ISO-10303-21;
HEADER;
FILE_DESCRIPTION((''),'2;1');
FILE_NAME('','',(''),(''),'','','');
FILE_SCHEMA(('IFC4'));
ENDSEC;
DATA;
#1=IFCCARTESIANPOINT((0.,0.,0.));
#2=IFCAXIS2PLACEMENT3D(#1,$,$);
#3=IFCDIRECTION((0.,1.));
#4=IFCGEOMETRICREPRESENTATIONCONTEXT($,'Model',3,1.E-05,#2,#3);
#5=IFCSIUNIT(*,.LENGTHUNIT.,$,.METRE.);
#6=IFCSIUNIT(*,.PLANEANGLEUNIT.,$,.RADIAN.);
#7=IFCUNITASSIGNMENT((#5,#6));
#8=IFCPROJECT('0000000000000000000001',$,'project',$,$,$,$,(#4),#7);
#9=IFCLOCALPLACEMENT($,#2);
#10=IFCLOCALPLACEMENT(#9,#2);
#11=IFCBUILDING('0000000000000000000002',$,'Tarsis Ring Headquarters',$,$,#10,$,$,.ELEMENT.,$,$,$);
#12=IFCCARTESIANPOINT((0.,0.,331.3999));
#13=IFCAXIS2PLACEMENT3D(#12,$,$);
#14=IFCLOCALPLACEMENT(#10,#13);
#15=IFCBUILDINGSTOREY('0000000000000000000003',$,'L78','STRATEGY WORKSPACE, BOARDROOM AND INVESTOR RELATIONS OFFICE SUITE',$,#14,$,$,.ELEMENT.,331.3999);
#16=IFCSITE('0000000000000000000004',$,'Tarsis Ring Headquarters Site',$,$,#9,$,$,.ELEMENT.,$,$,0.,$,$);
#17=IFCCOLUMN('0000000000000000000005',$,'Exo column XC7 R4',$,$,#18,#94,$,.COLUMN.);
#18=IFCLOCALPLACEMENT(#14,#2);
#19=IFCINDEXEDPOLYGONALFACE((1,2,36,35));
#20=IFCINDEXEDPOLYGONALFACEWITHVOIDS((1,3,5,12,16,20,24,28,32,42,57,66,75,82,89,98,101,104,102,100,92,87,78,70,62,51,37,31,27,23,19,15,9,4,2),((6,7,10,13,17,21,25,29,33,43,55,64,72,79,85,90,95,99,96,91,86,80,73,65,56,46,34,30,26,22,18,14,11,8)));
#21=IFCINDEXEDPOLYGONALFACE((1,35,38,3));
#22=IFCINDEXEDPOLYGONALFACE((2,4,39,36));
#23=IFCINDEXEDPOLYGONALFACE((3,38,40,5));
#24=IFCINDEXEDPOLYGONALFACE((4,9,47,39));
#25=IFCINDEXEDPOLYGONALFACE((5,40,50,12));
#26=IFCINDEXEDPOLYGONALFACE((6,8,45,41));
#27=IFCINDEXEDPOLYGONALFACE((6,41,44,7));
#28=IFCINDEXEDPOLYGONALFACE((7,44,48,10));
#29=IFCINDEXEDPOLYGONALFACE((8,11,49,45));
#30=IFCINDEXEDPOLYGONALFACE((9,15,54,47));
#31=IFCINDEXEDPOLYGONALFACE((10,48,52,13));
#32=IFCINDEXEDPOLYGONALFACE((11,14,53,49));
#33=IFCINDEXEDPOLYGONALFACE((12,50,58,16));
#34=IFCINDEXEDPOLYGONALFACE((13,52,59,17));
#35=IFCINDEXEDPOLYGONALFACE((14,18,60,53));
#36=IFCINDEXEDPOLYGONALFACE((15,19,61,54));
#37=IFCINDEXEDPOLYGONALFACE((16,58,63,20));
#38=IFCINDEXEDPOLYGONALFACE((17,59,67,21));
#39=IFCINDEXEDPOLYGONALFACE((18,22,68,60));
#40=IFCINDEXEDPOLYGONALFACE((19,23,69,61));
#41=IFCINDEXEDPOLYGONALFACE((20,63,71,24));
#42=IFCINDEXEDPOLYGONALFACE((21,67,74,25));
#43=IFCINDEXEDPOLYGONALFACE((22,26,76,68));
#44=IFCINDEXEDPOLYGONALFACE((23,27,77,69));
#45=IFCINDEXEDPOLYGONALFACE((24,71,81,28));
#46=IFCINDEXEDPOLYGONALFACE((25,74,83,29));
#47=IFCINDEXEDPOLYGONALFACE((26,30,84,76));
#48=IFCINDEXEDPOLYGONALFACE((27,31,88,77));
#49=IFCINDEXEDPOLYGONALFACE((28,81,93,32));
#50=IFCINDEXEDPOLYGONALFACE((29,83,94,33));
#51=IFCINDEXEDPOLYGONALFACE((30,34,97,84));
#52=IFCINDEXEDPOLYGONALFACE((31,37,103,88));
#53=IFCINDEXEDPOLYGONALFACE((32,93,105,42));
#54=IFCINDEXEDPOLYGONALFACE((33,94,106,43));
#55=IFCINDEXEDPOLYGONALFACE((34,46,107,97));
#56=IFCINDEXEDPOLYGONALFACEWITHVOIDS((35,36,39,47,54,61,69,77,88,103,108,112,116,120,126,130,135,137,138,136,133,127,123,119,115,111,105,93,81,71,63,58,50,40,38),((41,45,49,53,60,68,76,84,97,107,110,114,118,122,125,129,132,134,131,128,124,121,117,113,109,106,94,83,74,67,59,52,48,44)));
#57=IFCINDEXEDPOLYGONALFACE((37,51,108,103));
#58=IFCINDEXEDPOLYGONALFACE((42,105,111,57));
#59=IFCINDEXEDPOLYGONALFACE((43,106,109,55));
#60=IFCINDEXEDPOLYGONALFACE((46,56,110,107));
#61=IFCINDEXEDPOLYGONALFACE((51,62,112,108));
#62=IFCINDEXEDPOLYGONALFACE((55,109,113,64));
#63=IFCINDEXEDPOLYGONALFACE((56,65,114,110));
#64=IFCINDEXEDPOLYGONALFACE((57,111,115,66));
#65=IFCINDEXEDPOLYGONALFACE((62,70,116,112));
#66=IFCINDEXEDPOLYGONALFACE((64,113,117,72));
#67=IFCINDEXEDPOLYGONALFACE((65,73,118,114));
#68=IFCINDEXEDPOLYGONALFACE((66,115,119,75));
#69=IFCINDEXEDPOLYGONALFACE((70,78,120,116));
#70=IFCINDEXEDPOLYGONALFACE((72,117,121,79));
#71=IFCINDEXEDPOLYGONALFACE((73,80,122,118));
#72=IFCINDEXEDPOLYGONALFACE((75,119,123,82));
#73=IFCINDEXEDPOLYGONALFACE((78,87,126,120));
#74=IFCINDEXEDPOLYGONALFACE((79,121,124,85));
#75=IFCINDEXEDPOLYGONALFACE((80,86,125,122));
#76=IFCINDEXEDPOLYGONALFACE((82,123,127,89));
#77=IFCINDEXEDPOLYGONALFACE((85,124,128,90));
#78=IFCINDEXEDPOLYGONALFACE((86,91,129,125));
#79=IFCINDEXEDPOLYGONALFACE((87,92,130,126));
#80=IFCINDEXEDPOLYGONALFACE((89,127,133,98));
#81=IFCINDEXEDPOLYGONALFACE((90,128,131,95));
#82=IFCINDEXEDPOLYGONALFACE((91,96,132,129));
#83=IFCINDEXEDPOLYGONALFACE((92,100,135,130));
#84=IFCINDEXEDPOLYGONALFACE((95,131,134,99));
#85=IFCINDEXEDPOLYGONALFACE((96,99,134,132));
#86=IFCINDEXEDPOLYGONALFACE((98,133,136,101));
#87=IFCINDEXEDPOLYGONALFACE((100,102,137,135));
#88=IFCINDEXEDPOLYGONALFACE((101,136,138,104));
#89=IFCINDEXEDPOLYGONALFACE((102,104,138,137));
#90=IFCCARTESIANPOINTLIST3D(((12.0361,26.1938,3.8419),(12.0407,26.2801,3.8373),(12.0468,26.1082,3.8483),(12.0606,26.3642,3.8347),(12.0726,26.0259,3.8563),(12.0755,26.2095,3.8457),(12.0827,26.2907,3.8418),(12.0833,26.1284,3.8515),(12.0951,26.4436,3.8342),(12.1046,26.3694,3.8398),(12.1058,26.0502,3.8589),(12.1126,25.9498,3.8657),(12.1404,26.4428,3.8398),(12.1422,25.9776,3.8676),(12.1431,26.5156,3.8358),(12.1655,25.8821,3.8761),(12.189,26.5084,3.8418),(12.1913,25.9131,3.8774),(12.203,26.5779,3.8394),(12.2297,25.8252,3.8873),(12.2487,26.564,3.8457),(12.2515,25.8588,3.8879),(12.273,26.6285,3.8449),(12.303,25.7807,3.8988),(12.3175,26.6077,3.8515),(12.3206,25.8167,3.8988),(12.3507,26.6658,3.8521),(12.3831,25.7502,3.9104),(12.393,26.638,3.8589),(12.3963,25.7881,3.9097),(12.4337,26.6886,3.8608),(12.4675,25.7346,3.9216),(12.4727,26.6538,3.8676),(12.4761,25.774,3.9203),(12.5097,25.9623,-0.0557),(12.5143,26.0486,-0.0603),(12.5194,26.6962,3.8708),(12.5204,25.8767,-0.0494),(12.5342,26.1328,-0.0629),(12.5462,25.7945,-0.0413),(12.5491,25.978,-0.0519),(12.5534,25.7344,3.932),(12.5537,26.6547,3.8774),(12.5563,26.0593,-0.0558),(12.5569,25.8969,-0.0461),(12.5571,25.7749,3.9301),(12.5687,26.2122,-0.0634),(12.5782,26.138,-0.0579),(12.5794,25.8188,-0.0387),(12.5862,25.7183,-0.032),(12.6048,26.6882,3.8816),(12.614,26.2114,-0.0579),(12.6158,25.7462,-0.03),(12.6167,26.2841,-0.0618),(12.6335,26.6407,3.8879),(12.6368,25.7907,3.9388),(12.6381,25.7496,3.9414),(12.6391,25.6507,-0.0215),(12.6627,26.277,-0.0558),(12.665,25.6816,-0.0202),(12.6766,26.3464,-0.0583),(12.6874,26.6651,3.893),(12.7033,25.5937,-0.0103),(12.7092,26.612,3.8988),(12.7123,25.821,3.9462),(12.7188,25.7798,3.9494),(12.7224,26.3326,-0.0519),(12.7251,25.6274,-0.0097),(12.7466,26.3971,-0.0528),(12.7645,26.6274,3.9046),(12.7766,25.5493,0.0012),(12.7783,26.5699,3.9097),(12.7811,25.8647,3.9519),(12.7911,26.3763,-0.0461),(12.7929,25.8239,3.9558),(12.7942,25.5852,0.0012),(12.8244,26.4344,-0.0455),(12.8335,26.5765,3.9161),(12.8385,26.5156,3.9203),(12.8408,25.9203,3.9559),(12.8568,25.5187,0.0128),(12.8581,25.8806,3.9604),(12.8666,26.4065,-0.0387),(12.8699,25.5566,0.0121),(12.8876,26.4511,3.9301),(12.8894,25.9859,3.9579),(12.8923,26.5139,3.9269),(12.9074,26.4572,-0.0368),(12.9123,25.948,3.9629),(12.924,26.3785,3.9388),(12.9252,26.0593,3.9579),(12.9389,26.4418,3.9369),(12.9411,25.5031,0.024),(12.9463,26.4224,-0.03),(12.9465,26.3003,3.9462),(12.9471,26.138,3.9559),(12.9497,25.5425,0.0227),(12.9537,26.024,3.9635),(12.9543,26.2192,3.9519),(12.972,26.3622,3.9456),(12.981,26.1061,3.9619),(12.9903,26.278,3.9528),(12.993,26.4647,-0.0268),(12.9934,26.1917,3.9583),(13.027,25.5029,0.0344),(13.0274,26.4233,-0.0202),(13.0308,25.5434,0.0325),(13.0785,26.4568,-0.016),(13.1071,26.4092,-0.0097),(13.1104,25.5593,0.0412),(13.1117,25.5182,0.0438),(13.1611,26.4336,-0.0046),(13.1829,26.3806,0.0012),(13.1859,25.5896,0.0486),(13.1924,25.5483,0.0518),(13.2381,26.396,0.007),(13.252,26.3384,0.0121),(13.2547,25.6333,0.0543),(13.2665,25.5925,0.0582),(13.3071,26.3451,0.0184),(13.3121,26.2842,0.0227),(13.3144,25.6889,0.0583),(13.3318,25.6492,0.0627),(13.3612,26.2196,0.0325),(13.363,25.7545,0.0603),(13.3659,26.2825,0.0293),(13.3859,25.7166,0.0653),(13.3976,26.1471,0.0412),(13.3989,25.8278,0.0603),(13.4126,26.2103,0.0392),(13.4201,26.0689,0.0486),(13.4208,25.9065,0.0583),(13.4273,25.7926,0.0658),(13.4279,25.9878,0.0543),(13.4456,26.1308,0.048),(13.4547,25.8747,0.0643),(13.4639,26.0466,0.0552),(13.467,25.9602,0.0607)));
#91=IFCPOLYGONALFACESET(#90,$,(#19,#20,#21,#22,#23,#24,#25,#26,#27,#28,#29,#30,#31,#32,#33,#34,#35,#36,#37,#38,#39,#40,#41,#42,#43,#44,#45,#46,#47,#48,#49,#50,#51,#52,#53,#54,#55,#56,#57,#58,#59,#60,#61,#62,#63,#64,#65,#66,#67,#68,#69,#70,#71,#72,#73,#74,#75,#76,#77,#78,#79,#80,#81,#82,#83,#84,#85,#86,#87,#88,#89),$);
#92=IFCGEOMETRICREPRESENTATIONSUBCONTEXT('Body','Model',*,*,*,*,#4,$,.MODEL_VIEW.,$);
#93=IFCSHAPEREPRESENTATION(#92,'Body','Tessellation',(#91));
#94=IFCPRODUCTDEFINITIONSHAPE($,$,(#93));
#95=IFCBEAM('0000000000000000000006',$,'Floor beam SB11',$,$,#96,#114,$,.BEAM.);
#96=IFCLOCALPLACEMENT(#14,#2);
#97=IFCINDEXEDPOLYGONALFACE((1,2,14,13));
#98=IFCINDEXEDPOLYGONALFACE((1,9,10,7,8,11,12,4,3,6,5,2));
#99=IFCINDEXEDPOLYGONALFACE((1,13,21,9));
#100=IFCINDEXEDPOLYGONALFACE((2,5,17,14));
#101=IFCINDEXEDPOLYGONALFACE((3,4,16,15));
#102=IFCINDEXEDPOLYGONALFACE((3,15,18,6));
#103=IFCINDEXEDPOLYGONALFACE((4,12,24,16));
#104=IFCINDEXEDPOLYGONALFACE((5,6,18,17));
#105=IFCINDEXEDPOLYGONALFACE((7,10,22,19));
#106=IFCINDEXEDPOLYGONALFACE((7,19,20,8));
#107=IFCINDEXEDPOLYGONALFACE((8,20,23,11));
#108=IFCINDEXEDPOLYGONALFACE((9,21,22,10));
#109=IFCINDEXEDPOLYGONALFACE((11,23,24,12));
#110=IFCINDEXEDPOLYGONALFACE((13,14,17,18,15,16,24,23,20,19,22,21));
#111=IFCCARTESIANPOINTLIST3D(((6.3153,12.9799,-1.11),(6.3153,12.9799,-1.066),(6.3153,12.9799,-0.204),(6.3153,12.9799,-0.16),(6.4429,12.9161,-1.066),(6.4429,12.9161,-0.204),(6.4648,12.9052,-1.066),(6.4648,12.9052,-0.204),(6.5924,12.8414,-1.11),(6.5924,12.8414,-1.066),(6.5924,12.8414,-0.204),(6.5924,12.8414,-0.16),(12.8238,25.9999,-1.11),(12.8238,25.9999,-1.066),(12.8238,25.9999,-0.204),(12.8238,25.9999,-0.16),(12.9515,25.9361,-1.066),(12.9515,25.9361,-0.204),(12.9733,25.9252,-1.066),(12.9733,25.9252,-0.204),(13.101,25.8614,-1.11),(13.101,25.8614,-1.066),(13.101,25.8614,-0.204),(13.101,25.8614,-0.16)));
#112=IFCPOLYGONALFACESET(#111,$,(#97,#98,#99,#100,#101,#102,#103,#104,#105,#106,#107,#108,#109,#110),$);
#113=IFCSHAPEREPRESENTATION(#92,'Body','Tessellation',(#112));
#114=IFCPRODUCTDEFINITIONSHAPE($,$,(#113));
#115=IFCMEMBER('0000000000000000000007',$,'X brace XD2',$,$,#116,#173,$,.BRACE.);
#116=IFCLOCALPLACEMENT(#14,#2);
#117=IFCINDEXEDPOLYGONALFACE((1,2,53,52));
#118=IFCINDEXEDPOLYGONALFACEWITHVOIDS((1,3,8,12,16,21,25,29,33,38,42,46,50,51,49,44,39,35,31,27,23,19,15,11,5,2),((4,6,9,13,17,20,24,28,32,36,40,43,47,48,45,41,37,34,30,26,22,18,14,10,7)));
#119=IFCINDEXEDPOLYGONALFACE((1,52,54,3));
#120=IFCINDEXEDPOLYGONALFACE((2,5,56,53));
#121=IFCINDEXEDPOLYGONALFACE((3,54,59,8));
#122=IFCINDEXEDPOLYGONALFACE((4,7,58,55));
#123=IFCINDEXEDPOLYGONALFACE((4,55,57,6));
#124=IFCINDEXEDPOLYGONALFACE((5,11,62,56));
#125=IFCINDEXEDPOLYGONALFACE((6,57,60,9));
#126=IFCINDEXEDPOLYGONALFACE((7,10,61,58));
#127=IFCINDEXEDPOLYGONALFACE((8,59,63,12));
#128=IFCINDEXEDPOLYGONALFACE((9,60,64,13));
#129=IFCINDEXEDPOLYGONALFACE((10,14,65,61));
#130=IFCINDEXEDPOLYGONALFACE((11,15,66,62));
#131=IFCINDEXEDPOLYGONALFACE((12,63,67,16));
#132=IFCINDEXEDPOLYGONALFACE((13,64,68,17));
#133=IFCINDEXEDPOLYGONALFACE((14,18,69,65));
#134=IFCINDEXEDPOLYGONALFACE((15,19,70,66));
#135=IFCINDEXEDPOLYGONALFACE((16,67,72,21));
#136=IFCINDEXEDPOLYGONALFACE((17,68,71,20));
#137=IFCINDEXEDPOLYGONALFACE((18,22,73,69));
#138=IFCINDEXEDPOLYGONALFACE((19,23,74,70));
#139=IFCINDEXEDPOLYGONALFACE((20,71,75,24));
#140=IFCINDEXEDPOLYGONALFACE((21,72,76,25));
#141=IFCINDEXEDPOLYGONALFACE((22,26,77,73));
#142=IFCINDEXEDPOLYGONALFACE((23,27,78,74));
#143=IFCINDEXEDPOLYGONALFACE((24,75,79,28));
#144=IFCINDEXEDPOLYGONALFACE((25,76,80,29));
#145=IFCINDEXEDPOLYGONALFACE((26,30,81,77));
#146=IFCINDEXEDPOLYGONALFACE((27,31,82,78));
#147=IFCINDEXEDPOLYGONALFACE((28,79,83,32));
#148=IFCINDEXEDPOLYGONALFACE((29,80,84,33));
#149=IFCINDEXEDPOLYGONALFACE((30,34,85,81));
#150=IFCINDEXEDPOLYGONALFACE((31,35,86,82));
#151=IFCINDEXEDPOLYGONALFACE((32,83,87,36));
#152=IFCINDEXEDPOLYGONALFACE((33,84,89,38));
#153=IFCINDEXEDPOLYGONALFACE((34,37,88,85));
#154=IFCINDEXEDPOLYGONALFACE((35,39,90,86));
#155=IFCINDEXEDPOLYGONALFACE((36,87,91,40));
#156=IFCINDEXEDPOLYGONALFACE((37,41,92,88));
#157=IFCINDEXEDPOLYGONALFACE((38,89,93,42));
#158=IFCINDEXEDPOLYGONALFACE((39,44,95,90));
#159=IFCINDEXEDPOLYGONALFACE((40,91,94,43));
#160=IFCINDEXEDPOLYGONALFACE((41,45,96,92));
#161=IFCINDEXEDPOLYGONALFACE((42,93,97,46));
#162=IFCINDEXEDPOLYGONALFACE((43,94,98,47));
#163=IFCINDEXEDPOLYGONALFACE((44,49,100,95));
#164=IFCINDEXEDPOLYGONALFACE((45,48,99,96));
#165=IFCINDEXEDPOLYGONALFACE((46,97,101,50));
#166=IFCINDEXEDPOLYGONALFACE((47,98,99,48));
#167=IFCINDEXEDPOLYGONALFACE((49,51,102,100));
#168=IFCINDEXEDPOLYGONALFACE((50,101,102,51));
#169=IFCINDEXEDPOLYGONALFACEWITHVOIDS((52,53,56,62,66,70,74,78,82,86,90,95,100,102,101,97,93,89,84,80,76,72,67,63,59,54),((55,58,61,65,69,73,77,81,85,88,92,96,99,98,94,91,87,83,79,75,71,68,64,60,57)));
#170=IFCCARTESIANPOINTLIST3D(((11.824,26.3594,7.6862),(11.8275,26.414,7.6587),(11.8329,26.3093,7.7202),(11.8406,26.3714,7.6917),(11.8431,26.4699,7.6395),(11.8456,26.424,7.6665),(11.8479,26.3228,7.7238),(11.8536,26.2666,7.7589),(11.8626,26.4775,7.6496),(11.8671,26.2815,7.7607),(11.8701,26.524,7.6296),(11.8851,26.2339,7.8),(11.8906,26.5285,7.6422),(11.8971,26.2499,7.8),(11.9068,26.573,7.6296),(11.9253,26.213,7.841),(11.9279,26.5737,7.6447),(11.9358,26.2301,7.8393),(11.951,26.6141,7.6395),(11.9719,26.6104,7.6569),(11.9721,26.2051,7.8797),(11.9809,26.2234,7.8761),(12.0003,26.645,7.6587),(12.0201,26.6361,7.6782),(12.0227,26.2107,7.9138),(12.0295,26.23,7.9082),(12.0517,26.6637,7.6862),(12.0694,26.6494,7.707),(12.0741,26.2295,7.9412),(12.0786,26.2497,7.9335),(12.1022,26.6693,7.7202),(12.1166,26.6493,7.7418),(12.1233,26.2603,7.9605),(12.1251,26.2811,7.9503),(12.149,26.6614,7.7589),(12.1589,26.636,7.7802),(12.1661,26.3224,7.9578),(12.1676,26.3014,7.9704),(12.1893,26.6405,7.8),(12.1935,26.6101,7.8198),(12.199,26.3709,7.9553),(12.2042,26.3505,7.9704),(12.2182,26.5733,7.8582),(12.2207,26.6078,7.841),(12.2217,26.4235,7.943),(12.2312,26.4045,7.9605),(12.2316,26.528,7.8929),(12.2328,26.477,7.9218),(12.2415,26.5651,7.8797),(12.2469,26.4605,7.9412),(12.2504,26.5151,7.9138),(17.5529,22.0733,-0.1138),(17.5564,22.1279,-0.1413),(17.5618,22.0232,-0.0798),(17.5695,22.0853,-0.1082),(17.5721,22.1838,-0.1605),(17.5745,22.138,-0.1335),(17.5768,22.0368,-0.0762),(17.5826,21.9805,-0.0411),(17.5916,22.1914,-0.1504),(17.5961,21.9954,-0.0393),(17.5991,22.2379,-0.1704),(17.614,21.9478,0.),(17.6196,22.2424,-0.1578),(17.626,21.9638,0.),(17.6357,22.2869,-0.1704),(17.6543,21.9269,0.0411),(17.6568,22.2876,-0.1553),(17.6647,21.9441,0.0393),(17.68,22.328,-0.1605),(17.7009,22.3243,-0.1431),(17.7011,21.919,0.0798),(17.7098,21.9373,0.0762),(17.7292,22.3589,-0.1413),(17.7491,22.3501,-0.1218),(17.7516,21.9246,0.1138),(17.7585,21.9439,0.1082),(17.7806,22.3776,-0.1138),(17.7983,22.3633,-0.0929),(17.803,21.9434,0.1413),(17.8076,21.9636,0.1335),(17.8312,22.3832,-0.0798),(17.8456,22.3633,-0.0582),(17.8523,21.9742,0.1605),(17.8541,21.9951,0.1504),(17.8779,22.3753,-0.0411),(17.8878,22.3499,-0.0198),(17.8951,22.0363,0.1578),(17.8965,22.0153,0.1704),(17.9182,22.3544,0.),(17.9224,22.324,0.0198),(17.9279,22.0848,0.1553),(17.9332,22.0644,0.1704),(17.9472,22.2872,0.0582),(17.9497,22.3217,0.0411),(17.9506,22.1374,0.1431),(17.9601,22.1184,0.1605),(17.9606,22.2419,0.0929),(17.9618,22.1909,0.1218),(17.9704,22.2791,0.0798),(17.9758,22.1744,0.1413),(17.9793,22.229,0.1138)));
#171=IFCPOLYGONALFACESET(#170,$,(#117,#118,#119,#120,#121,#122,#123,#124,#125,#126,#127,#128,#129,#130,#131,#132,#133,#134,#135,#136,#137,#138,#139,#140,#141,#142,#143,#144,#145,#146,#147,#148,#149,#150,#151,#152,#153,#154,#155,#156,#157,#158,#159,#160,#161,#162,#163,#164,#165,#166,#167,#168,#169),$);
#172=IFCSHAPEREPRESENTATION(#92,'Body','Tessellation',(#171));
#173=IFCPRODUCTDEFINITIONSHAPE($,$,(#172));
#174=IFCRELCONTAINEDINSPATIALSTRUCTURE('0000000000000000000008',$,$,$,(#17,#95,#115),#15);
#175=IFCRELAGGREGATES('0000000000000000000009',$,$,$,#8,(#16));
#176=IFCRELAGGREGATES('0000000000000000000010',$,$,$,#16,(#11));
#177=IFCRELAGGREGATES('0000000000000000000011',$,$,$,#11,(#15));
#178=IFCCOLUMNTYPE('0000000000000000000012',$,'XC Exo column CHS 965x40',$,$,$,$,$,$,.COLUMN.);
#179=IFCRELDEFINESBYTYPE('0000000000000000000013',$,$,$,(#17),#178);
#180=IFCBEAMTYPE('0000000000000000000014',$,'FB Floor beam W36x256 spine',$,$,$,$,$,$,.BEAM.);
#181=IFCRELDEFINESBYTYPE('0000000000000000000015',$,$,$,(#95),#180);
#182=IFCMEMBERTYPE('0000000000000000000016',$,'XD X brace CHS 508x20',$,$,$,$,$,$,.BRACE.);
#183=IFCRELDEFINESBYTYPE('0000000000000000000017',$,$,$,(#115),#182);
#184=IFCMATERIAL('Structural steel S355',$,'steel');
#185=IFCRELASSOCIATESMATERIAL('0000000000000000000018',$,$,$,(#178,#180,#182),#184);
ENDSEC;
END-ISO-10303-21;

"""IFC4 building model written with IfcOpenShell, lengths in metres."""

from ifc_helpers import new_model, si_unit, direction, frame, origin, origin_2d, place, context, subcontext, project, spatial, hollow_circle, i_section, extrude, material, material_profile, profile_set, type_object, element, save


model = new_model("IFC4")

# Units and contexts
model_context = context("Model", 3, precision=1e-05, world=origin(), true_north=direction((0.0, 1.0)))
body_context = subcontext(model_context, "Body", "Model", "MODEL_VIEW")
ifc_project = project(units=[si_unit("LENGTHUNIT", "METRE"), si_unit("PLANEANGLEUNIT", "RADIAN")], contexts=[model_context])

# Site, building, storey
site_placement = place(None, origin())
site = spatial("IfcSite", under=ifc_project, at=site_placement, Name="Tarsis Ring Headquarters Site", CompositionType="ELEMENT", RefElevation=0.0)
building_placement = place(site_placement, origin())
building = spatial("IfcBuilding", under=site, at=building_placement, Name="Tarsis Ring Headquarters", CompositionType="ELEMENT")
storey_placement = place(building_placement, frame((0.0, 0.0, 331.3999)))
storey = spatial("IfcBuildingStorey", under=building, at=storey_placement, Name="L78", Description="STRATEGY WORKSPACE, BOARDROOM AND INVESTOR RELATIONS OFFICE SUITE", CompositionType="ELEMENT", Elevation=331.3999)

# Column
ifc_material_1 = material(Name="Structural steel S355", Category="steel")
ifc_material_profile_1 = material_profile(ifc_material_1, hollow_circle(Radius=0.4827, WallThickness=0.04, at=origin_2d()), Name="CHS 965x40")
ifc_profile_set_1 = profile_set([ifc_material_profile_1], Name="Structural steel S355")
column_type = type_object("IfcColumnType", Name="XC Exo column CHS 965x40", PredefinedType="COLUMN", material=ifc_profile_set_1)
for number, where, z_axis, x_axis, name in (
    (1, (12.9885, 25.9829, 0.0012), (-0.120419, 0.058844, 0.990978), (-0.439044, -0.898466, 0.0), "Exo column XC7 R4"),
):
    element("IfcColumn", number, at=place(storey_placement, frame(where, z_axis=z_axis, x_axis=x_axis)), inside=storey, type_object=column_type, Name=name, PredefinedType="COLUMN", context=body_context, shape_type="SweptSolid", body=[
        extrude(hollow_circle(Radius=0.4827, WallThickness=0.04, at=origin_2d()), origin(), (0.0, 0.0, 1.0), 3.9331),
    ])

# Beam
ifc_material_profile_2 = material_profile(ifc_material_1, i_section(OverallWidth=0.3098, OverallDepth=0.95, WebThickness=0.0244, FlangeThickness=0.0439, at=origin_2d()), Name="W36x256")
ifc_profile_set_2 = profile_set([ifc_material_profile_2], Name="Structural steel S355")
beam_type_1 = type_object("IfcBeamType", Name="FB Floor beam W36x256 spine", PredefinedType="BEAM", material=ifc_profile_set_2)
beam_placement = place(storey_placement, frame((12.9624, 25.9307, -0.635), z_axis=(-0.447133, -0.894467, 0.0), x_axis=(0.894467, -0.447133, 0.0)))
element("IfcBeam", 2, at=beam_placement, inside=storey, type_object=beam_type_1, Name="Floor beam SB11", PredefinedType="BEAM", context=body_context, shape_type="SweptSolid", body=[
    extrude(i_section(OverallWidth=0.3098, OverallDepth=0.95, WebThickness=0.0244, FlangeThickness=0.0439, at=origin_2d()), origin(), (0.0, 0.0, 1.0), 14.5562),
])

# Member
ifc_material_profile_3 = material_profile(ifc_material_1, hollow_circle(Radius=0.2539, WallThickness=0.02, at=origin_2d()), Name="CHS 508x20")
ifc_profile_set_3 = profile_set([ifc_material_profile_3], Name="Structural steel S355")
member_type = type_object("IfcMemberType", Name="XD X brace CHS 508x20", PredefinedType="BRACE", material=ifc_profile_set_3)
member_1_placement = place(storey_placement, frame((17.7661, 22.1511, 0.0), z_axis=(-0.54126, 0.404942, 0.736926), x_axis=(-0.59905, -0.800712, 0.0)))
element("IfcMember", 3, at=member_1_placement, inside=storey, type_object=member_type, Name="X brace XD2", PredefinedType="BRACE", context=body_context, shape_type="SweptSolid", body=[
    extrude(hollow_circle(Radius=0.2539, WallThickness=0.02, at=origin_2d()), origin(), (0.0, 0.0, 1.0), 10.5845),
])

save(model, "model.ifc")
